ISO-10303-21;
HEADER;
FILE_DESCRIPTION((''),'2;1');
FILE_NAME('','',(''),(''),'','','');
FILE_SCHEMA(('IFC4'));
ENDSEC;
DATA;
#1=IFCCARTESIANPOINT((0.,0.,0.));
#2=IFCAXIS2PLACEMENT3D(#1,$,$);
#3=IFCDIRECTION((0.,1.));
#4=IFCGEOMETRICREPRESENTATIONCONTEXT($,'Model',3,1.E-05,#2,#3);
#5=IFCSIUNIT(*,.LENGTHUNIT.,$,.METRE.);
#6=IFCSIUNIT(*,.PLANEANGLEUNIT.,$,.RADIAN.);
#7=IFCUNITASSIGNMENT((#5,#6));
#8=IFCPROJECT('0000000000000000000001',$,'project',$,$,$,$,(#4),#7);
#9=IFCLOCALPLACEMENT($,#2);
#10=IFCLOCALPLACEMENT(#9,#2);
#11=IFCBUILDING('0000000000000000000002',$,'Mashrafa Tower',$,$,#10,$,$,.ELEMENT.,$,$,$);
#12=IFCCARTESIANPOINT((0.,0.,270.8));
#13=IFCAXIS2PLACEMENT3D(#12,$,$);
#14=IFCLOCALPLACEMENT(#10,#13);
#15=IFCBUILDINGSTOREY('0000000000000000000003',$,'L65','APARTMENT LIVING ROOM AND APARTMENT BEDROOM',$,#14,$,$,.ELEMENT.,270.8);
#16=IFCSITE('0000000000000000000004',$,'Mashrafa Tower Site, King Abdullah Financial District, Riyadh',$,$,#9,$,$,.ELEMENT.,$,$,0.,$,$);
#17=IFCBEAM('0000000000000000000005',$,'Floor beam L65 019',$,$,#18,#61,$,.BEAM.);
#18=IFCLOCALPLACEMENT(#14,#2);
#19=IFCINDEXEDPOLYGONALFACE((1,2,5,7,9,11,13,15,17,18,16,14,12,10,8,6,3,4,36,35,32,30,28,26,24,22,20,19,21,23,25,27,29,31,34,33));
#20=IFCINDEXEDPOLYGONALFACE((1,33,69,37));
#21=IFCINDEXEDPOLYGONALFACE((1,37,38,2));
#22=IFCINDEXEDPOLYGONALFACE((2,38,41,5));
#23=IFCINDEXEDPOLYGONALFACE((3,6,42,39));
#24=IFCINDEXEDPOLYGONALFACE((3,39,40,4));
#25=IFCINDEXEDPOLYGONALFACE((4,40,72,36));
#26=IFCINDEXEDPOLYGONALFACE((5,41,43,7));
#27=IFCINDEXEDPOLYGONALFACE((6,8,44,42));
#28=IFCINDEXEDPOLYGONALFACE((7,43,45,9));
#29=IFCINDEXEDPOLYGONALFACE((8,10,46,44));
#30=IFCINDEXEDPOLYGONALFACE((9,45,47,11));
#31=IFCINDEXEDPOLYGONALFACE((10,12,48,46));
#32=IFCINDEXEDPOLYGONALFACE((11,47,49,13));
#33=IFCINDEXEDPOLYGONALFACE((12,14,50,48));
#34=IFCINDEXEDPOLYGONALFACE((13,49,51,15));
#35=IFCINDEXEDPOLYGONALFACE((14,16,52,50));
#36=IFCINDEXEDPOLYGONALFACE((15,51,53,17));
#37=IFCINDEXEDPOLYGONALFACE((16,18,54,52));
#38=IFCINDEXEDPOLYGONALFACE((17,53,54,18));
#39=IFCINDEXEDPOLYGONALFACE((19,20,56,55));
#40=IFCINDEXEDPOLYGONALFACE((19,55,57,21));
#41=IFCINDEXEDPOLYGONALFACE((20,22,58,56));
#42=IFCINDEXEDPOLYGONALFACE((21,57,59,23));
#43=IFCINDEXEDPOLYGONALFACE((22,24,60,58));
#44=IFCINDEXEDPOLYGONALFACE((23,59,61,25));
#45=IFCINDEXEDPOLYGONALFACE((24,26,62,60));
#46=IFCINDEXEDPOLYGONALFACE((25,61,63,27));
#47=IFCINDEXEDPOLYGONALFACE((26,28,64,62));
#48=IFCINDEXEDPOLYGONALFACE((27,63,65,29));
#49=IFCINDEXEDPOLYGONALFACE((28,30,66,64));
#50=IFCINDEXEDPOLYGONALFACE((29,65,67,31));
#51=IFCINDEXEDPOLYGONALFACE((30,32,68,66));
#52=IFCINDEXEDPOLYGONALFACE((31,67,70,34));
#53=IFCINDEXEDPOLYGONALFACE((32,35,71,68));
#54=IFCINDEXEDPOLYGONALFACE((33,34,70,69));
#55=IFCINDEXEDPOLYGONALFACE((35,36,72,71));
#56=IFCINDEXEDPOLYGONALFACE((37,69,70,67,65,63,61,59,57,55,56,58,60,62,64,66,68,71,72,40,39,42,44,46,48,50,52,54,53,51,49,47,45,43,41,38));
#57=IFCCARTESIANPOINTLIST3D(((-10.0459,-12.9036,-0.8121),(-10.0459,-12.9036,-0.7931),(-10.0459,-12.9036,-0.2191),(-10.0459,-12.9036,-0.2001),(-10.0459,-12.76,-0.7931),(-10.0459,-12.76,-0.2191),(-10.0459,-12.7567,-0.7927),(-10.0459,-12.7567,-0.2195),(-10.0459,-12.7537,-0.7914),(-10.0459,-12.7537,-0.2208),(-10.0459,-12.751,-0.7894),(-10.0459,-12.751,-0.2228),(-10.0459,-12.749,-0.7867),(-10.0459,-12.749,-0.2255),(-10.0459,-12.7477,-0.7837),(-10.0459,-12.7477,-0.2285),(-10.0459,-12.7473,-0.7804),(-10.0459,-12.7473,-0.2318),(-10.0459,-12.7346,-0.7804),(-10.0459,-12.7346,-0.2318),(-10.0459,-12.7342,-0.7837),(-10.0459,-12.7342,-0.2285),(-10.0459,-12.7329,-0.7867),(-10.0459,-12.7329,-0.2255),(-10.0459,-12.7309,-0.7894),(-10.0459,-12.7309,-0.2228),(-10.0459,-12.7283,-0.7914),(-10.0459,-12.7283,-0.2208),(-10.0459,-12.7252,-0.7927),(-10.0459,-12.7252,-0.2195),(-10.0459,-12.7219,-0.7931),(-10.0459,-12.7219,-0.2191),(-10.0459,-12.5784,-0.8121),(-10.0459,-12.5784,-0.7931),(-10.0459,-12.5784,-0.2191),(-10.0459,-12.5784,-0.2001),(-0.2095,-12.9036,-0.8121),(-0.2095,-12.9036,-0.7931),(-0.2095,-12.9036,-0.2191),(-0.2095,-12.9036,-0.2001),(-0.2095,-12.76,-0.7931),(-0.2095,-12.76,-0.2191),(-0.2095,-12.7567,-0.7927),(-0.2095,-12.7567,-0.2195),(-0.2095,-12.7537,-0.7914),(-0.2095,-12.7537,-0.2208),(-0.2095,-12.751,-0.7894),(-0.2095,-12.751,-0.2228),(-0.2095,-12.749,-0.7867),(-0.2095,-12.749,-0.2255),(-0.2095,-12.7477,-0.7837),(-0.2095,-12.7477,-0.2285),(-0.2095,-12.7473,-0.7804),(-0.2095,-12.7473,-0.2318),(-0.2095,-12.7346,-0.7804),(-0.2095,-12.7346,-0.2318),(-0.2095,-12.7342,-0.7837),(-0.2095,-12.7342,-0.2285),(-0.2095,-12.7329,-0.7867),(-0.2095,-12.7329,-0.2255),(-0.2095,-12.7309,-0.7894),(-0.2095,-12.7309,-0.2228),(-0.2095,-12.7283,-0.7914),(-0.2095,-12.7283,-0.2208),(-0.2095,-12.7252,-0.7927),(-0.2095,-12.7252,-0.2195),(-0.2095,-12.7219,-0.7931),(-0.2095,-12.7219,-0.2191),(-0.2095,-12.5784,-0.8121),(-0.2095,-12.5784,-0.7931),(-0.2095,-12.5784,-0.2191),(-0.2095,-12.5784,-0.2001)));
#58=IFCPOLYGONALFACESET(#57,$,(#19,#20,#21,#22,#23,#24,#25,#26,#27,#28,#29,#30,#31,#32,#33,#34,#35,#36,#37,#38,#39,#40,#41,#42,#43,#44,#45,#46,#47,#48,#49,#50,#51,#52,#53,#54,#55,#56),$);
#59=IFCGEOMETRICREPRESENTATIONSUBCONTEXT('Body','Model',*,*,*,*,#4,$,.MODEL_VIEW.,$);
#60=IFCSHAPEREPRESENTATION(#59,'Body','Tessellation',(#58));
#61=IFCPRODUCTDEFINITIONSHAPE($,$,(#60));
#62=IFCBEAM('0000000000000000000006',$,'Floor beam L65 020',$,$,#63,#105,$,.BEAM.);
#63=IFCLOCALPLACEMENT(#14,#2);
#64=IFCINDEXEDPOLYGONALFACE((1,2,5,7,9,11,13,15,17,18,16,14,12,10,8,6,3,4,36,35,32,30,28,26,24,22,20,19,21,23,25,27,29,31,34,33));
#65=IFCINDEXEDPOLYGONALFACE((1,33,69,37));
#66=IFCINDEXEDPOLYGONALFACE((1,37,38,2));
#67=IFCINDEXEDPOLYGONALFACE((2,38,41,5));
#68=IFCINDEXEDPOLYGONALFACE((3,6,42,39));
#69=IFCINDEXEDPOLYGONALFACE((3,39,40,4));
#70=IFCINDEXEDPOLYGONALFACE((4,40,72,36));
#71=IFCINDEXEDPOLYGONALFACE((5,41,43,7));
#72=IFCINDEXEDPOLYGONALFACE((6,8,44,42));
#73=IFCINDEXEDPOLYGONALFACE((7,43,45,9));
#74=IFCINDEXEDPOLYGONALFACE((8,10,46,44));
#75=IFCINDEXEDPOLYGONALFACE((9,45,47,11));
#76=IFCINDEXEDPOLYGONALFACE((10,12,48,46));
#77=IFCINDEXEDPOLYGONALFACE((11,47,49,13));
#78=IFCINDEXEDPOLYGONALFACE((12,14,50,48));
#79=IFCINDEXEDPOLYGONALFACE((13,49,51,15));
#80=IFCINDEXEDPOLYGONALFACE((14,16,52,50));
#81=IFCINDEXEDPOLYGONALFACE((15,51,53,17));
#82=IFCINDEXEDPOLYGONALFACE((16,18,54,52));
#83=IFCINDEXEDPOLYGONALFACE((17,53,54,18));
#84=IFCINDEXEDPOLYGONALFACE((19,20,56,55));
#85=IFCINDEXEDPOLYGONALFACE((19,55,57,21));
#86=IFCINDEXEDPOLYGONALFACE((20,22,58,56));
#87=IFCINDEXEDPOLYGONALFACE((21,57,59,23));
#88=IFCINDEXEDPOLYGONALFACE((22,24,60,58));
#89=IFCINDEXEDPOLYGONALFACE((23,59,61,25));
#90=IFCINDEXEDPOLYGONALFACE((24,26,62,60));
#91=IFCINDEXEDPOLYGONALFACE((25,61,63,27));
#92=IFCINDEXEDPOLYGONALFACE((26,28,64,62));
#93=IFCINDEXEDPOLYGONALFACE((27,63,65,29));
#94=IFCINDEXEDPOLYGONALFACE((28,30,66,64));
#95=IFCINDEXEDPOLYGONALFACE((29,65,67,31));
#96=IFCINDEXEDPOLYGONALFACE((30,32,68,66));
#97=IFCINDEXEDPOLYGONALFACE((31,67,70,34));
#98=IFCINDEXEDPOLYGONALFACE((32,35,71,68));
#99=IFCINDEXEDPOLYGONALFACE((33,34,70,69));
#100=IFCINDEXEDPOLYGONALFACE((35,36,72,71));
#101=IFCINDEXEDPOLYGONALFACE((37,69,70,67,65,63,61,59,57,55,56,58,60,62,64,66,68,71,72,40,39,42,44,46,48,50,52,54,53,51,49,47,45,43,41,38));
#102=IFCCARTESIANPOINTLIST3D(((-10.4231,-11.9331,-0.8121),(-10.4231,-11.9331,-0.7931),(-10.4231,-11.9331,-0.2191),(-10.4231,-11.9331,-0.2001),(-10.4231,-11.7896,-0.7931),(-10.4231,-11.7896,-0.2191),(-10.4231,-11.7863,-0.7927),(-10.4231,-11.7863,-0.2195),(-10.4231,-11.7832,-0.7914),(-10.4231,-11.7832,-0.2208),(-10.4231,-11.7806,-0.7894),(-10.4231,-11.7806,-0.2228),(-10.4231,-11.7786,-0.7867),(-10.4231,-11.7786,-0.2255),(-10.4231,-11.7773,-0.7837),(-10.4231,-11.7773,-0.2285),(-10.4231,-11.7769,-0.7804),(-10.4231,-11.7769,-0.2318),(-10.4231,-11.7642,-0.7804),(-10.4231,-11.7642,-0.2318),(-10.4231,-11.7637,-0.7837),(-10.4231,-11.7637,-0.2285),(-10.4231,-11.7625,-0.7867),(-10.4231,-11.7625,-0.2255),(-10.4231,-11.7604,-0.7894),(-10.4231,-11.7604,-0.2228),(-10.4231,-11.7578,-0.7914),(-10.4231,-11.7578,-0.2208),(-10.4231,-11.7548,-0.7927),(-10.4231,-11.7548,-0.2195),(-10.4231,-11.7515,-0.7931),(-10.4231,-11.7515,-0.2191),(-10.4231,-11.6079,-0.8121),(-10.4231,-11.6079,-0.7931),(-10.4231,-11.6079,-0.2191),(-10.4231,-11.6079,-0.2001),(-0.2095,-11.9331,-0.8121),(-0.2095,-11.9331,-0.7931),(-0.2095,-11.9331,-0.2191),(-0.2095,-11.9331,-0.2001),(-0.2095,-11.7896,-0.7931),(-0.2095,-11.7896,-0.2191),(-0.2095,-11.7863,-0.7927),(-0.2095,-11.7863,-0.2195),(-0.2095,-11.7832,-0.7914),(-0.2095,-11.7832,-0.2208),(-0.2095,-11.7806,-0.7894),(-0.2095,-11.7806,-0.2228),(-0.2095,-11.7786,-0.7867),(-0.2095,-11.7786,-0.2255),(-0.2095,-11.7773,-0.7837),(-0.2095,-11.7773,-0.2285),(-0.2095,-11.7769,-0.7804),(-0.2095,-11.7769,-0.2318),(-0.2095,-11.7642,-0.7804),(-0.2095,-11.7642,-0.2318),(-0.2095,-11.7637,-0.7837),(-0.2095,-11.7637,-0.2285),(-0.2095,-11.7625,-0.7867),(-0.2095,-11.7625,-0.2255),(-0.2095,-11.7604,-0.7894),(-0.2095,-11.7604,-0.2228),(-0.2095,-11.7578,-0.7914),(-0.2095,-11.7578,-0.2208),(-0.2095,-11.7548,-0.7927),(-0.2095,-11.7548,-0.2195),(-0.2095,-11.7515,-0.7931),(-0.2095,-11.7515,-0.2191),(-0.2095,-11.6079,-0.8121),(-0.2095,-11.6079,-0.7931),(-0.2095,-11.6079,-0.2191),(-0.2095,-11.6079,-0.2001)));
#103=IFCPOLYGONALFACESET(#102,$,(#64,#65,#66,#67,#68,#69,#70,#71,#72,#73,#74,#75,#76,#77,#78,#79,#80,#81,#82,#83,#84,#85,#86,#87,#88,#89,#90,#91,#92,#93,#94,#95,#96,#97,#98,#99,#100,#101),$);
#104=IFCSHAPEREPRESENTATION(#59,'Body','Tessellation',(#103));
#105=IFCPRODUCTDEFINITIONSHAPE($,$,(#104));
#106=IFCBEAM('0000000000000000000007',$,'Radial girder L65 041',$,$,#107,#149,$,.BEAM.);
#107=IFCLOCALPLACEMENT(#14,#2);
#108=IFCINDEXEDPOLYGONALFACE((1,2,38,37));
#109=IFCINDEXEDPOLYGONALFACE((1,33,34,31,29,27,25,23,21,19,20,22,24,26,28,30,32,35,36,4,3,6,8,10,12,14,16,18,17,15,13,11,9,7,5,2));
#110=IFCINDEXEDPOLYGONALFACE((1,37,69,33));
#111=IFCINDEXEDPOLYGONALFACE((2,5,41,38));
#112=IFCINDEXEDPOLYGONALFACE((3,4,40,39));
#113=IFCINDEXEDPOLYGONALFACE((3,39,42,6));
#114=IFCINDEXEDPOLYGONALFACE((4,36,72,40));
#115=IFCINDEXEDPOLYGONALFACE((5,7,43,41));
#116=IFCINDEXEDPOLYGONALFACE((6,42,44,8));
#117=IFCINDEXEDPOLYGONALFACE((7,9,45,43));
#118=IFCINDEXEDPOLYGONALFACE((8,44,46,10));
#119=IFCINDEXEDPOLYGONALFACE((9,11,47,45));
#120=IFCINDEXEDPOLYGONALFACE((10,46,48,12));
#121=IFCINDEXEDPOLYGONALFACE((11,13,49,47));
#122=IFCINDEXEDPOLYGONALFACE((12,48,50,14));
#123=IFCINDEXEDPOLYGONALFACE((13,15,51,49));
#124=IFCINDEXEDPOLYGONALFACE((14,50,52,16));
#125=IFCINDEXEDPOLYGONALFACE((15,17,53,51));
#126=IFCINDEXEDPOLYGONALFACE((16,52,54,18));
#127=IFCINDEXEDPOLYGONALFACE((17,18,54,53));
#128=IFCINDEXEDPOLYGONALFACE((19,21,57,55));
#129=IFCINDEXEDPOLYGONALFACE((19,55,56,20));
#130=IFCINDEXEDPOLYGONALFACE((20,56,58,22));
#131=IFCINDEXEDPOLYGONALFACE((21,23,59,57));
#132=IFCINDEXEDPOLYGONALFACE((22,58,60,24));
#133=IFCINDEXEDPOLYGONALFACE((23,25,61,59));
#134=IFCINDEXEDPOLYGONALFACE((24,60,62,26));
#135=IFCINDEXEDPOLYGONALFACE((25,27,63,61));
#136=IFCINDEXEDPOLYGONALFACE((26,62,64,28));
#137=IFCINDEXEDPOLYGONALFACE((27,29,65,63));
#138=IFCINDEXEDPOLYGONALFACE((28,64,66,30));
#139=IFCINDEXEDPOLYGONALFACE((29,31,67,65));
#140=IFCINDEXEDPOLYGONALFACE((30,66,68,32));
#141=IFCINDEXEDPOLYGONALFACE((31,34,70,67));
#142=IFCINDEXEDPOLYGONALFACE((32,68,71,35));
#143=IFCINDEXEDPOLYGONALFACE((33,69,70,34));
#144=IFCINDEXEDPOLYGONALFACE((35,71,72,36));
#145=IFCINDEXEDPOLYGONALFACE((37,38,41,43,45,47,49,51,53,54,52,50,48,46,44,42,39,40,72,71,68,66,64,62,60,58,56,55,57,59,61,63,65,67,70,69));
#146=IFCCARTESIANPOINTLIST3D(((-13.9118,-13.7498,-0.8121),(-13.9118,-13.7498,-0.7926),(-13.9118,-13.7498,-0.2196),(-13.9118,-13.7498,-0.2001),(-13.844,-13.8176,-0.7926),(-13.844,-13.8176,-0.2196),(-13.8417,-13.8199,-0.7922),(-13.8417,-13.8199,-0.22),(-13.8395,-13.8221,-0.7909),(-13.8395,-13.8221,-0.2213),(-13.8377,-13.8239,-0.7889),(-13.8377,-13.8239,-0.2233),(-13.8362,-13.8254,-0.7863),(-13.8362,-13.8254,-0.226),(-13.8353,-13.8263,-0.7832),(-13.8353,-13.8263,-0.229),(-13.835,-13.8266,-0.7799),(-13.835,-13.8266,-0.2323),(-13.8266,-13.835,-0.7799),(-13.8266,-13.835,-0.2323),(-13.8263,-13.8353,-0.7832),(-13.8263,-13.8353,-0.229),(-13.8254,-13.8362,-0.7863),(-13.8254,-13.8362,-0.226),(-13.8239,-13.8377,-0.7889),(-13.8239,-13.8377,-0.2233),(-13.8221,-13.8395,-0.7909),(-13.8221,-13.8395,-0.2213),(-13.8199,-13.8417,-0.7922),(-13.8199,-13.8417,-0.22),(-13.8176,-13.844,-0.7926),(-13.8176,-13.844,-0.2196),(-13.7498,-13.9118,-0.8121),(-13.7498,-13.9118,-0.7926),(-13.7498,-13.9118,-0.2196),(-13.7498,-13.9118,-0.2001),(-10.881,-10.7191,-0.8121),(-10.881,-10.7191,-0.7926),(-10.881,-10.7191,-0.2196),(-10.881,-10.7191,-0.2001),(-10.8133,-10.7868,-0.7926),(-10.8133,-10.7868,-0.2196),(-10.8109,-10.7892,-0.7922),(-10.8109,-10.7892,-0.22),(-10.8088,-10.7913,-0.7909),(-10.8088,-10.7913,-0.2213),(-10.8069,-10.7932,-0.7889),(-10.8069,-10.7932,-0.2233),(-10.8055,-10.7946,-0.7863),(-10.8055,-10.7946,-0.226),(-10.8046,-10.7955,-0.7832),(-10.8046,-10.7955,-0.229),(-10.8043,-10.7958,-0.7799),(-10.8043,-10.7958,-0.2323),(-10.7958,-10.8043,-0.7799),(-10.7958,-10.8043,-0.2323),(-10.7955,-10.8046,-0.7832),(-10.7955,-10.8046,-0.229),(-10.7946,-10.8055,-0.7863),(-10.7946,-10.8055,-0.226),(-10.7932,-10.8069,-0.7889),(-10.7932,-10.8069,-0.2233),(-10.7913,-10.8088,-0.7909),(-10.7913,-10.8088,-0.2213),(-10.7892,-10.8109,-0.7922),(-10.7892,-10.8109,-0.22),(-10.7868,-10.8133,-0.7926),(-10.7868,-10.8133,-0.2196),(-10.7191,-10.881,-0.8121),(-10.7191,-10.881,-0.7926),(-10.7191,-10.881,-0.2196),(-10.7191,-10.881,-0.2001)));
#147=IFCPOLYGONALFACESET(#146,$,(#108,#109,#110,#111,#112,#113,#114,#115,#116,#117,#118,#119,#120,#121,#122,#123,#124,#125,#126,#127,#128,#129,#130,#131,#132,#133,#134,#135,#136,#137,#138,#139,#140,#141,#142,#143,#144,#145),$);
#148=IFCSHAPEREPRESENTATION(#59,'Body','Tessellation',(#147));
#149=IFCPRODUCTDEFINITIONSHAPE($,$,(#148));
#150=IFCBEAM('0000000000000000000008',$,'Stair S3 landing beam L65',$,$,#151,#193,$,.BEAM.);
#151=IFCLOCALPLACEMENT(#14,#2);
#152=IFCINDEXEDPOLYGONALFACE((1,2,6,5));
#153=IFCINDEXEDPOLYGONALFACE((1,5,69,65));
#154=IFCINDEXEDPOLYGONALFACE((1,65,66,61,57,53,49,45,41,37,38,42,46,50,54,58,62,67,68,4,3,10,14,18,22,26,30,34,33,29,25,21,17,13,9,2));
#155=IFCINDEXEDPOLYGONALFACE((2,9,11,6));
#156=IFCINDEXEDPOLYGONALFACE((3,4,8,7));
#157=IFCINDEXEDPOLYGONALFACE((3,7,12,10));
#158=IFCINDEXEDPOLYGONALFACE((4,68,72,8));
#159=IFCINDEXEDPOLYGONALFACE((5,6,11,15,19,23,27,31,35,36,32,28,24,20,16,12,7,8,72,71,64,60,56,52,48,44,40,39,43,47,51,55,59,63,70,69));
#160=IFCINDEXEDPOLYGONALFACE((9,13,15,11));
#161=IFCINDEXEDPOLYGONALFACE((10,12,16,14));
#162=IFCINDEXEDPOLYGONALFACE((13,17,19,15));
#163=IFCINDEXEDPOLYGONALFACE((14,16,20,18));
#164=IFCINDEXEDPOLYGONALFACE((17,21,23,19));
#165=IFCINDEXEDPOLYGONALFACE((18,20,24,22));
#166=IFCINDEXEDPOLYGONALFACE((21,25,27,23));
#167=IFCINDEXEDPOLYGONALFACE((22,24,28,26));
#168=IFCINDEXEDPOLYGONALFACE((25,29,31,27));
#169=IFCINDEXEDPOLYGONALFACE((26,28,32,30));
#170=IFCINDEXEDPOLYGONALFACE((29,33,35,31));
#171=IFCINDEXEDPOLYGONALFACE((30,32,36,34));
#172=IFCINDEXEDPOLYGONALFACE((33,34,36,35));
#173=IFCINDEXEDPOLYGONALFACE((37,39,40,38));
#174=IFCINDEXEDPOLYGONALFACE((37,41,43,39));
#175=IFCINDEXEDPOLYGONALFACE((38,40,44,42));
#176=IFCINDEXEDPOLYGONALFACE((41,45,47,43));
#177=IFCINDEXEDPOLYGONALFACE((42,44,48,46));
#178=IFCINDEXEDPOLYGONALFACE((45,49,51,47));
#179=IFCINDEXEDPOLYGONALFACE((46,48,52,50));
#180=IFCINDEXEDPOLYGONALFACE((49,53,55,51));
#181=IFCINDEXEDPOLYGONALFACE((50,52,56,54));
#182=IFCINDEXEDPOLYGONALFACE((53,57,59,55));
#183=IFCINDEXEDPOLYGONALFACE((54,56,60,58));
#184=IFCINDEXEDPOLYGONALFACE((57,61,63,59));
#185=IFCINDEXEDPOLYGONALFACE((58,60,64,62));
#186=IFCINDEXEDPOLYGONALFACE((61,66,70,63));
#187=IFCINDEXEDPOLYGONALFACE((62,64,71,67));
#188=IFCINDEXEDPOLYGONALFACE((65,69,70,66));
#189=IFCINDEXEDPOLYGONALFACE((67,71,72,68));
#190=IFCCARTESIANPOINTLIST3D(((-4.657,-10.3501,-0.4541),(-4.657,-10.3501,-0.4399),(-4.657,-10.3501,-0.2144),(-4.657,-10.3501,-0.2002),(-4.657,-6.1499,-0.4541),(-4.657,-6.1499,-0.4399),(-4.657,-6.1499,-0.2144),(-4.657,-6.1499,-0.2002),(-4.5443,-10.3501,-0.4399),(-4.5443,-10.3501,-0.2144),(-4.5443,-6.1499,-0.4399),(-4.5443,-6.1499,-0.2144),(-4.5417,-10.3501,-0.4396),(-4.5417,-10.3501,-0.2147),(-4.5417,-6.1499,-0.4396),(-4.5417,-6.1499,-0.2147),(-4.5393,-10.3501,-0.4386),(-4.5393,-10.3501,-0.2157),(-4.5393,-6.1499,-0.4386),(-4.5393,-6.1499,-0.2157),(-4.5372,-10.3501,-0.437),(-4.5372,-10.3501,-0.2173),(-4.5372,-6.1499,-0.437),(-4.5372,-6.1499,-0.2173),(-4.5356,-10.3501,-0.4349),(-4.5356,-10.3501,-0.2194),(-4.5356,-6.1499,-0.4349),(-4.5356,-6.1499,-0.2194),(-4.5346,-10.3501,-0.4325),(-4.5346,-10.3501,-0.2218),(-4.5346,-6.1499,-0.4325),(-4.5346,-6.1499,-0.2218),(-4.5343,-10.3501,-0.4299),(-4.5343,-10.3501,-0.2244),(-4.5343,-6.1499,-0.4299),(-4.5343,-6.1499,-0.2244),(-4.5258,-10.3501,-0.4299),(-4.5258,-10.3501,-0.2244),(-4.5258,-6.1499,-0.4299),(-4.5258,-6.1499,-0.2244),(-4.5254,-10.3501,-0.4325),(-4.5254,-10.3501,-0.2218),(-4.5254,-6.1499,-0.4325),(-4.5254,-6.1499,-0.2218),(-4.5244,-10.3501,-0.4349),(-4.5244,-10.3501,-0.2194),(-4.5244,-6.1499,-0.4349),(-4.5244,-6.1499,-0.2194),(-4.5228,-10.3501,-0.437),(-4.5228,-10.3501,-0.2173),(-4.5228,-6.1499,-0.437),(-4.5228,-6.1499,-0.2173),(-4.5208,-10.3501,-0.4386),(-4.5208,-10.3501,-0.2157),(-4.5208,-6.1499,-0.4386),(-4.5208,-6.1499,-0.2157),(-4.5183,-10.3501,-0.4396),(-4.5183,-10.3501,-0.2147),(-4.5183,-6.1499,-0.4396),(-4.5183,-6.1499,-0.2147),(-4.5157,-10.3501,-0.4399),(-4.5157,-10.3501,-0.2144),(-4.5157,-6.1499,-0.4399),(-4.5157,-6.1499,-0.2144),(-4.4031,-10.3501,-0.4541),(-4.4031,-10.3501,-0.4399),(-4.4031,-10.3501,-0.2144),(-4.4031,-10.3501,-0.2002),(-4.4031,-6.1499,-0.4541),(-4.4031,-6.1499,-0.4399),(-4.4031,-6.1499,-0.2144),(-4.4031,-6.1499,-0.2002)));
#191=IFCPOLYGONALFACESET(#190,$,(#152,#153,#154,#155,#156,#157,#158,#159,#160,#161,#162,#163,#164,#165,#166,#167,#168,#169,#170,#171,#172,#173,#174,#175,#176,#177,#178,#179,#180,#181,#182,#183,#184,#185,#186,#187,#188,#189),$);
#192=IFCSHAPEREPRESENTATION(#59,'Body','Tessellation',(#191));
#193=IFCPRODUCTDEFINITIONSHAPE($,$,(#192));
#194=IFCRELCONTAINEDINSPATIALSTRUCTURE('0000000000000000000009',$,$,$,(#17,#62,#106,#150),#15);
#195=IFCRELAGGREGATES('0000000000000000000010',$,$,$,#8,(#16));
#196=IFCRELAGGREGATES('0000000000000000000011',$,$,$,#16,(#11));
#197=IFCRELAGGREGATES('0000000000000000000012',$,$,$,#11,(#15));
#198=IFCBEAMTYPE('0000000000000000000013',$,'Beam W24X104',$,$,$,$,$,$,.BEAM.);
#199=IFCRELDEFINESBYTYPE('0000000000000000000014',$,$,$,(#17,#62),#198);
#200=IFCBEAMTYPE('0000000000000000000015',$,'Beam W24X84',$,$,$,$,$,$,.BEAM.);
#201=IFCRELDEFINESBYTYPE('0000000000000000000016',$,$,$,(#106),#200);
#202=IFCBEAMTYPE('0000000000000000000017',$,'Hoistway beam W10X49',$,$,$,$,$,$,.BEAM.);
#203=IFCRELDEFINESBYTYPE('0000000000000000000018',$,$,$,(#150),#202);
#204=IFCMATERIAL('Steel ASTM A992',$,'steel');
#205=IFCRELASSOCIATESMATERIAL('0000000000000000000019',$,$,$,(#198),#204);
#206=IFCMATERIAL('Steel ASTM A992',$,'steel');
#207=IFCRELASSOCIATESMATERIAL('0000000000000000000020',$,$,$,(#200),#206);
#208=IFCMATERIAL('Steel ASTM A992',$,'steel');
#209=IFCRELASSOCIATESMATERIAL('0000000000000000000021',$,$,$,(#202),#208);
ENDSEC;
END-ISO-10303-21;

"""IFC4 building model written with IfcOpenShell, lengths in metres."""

from ifc_helpers import new_model, si_unit, direction, frame, origin, origin_2d, place, context, subcontext, project, spatial, i_section, extrude, material, material_profile, profile_set, type_object, element, save


model = new_model("IFC4")

# Units and contexts
model_context = context("Model", 3, precision=1e-05, world=origin(), true_north=direction((0.0, 1.0)))
body_context = subcontext(model_context, "Body", "Model", "MODEL_VIEW")
ifc_project = project(units=[si_unit("LENGTHUNIT", "METRE"), si_unit("PLANEANGLEUNIT", "RADIAN")], contexts=[model_context])

# Site, building, storey
site_placement = place(None, origin())
site = spatial("IfcSite", under=ifc_project, at=site_placement, Name="Mashrafa Tower Site, King Abdullah Financial District, Riyadh", CompositionType="ELEMENT", RefElevation=0.0)
building_placement = place(site_placement, origin())
building = spatial("IfcBuilding", under=site, at=building_placement, Name="Mashrafa Tower", CompositionType="ELEMENT")
storey_placement = place(building_placement, frame((0.0, 0.0, 270.8)))
storey = spatial("IfcBuildingStorey", under=building, at=storey_placement, Name="L65", Description="APARTMENT LIVING ROOM AND APARTMENT BEDROOM", CompositionType="ELEMENT", Elevation=270.8)

# Beams
ifc_material_1 = material(Name="Steel ASTM A992", Category="steel")
ifc_material_profile_1 = material_profile(ifc_material_1, i_section(OverallWidth=0.3252, OverallDepth=0.6121, WebThickness=0.0127, FlangeThickness=0.019, FilletRadius=0.0127, at=origin_2d()), Name="W24X104")
ifc_profile_set_1 = profile_set([ifc_material_profile_1], Name="Steel ASTM A992")
beam_type_1 = type_object("IfcBeamType", Name="Beam W24X104", PredefinedType="BEAM", material=ifc_profile_set_1)
beam_1_placement = place(storey_placement, frame((-0.2095, -12.741, -0.5061), z_axis=(-1.0, 0.0, 0.0), x_axis=(0.0, -1.0, 0.0)))
element("IfcBeam", 1, at=beam_1_placement, inside=storey, type_object=beam_type_1, Name="Floor beam L65 019", PredefinedType="BEAM", context=body_context, shape_type="SweptSolid", body=[
    extrude(i_section(OverallWidth=0.3252, OverallDepth=0.6121, WebThickness=0.0127, FlangeThickness=0.019, FilletRadius=0.0127, at=origin_2d()), origin(), (0.0, 0.0, 1.0), 9.8364),
])
beam_2_placement = place(storey_placement, frame((-0.2095, -11.7705, -0.5061), z_axis=(-1.0, 0.0, 0.0), x_axis=(0.0, -1.0, 0.0)))
element("IfcBeam", 2, at=beam_2_placement, inside=storey, type_object=beam_type_1, Name="Floor beam L65 020", PredefinedType="BEAM", context=body_context, shape_type="SweptSolid", body=[
    extrude(i_section(OverallWidth=0.3252, OverallDepth=0.6121, WebThickness=0.0127, FlangeThickness=0.019, FilletRadius=0.0127, at=origin_2d()), origin(), (0.0, 0.0, 1.0), 10.2136),
])
ifc_material_2 = material(Name="Steel ASTM A992", Category="steel")
ifc_material_profile_2 = material_profile(ifc_material_2, i_section(OverallWidth=0.229, OverallDepth=0.6121, WebThickness=0.012, FlangeThickness=0.0195, FilletRadius=0.0127, at=origin_2d()), Name="W24X84")
ifc_profile_set_2 = profile_set([ifc_material_profile_2], Name="Steel ASTM A992")
beam_type_2 = type_object("IfcBeamType", Name="Beam W24X84", PredefinedType="BEAM", material=ifc_profile_set_2)
beam_3_placement = place(storey_placement, frame((-10.8, -10.8, -0.5061), z_axis=(-0.707107, -0.707107, 0.0), x_axis=(0.707107, -0.707107, 0.0)))
element("IfcBeam", 3, at=beam_3_placement, inside=storey, type_object=beam_type_2, Name="Radial girder L65 041", PredefinedType="BEAM", context=body_context, shape_type="SweptSolid", body=[
    extrude(i_section(OverallWidth=0.229, OverallDepth=0.6121, WebThickness=0.012, FlangeThickness=0.0195, FilletRadius=0.0127, at=origin_2d()), origin(), (0.0, 0.0, 1.0), 4.2861),
])
ifc_material_3 = material(Name="Steel ASTM A992", Category="steel")
ifc_material_profile_3 = material_profile(ifc_material_3, i_section(OverallWidth=0.2539, OverallDepth=0.2539, WebThickness=0.0085, FlangeThickness=0.0142, FilletRadius=0.01, at=origin_2d()), Name="W10X49")
ifc_profile_set_3 = profile_set([ifc_material_profile_3], Name="Steel ASTM A992")
beam_type_3 = type_object("IfcBeamType", Name="Hoistway beam W10X49", PredefinedType="BEAM", material=ifc_profile_set_3)
beam_4_placement = place(storey_placement, frame((-4.53, -10.3501, -0.3271), z_axis=(0.0, 1.0, 0.0), x_axis=(-1.0, 0.0, 0.0)))
element("IfcBeam", 4, at=beam_4_placement, inside=storey, type_object=beam_type_3, Name="Stair S3 landing beam L65", PredefinedType="BEAM", context=body_context, shape_type="SweptSolid", body=[
    extrude(i_section(OverallWidth=0.2539, OverallDepth=0.2539, WebThickness=0.0085, FlangeThickness=0.0142, FilletRadius=0.01, at=origin_2d()), origin(), (0.0, 0.0, 1.0), 4.2002),
])

save(model, "model.ifc")
